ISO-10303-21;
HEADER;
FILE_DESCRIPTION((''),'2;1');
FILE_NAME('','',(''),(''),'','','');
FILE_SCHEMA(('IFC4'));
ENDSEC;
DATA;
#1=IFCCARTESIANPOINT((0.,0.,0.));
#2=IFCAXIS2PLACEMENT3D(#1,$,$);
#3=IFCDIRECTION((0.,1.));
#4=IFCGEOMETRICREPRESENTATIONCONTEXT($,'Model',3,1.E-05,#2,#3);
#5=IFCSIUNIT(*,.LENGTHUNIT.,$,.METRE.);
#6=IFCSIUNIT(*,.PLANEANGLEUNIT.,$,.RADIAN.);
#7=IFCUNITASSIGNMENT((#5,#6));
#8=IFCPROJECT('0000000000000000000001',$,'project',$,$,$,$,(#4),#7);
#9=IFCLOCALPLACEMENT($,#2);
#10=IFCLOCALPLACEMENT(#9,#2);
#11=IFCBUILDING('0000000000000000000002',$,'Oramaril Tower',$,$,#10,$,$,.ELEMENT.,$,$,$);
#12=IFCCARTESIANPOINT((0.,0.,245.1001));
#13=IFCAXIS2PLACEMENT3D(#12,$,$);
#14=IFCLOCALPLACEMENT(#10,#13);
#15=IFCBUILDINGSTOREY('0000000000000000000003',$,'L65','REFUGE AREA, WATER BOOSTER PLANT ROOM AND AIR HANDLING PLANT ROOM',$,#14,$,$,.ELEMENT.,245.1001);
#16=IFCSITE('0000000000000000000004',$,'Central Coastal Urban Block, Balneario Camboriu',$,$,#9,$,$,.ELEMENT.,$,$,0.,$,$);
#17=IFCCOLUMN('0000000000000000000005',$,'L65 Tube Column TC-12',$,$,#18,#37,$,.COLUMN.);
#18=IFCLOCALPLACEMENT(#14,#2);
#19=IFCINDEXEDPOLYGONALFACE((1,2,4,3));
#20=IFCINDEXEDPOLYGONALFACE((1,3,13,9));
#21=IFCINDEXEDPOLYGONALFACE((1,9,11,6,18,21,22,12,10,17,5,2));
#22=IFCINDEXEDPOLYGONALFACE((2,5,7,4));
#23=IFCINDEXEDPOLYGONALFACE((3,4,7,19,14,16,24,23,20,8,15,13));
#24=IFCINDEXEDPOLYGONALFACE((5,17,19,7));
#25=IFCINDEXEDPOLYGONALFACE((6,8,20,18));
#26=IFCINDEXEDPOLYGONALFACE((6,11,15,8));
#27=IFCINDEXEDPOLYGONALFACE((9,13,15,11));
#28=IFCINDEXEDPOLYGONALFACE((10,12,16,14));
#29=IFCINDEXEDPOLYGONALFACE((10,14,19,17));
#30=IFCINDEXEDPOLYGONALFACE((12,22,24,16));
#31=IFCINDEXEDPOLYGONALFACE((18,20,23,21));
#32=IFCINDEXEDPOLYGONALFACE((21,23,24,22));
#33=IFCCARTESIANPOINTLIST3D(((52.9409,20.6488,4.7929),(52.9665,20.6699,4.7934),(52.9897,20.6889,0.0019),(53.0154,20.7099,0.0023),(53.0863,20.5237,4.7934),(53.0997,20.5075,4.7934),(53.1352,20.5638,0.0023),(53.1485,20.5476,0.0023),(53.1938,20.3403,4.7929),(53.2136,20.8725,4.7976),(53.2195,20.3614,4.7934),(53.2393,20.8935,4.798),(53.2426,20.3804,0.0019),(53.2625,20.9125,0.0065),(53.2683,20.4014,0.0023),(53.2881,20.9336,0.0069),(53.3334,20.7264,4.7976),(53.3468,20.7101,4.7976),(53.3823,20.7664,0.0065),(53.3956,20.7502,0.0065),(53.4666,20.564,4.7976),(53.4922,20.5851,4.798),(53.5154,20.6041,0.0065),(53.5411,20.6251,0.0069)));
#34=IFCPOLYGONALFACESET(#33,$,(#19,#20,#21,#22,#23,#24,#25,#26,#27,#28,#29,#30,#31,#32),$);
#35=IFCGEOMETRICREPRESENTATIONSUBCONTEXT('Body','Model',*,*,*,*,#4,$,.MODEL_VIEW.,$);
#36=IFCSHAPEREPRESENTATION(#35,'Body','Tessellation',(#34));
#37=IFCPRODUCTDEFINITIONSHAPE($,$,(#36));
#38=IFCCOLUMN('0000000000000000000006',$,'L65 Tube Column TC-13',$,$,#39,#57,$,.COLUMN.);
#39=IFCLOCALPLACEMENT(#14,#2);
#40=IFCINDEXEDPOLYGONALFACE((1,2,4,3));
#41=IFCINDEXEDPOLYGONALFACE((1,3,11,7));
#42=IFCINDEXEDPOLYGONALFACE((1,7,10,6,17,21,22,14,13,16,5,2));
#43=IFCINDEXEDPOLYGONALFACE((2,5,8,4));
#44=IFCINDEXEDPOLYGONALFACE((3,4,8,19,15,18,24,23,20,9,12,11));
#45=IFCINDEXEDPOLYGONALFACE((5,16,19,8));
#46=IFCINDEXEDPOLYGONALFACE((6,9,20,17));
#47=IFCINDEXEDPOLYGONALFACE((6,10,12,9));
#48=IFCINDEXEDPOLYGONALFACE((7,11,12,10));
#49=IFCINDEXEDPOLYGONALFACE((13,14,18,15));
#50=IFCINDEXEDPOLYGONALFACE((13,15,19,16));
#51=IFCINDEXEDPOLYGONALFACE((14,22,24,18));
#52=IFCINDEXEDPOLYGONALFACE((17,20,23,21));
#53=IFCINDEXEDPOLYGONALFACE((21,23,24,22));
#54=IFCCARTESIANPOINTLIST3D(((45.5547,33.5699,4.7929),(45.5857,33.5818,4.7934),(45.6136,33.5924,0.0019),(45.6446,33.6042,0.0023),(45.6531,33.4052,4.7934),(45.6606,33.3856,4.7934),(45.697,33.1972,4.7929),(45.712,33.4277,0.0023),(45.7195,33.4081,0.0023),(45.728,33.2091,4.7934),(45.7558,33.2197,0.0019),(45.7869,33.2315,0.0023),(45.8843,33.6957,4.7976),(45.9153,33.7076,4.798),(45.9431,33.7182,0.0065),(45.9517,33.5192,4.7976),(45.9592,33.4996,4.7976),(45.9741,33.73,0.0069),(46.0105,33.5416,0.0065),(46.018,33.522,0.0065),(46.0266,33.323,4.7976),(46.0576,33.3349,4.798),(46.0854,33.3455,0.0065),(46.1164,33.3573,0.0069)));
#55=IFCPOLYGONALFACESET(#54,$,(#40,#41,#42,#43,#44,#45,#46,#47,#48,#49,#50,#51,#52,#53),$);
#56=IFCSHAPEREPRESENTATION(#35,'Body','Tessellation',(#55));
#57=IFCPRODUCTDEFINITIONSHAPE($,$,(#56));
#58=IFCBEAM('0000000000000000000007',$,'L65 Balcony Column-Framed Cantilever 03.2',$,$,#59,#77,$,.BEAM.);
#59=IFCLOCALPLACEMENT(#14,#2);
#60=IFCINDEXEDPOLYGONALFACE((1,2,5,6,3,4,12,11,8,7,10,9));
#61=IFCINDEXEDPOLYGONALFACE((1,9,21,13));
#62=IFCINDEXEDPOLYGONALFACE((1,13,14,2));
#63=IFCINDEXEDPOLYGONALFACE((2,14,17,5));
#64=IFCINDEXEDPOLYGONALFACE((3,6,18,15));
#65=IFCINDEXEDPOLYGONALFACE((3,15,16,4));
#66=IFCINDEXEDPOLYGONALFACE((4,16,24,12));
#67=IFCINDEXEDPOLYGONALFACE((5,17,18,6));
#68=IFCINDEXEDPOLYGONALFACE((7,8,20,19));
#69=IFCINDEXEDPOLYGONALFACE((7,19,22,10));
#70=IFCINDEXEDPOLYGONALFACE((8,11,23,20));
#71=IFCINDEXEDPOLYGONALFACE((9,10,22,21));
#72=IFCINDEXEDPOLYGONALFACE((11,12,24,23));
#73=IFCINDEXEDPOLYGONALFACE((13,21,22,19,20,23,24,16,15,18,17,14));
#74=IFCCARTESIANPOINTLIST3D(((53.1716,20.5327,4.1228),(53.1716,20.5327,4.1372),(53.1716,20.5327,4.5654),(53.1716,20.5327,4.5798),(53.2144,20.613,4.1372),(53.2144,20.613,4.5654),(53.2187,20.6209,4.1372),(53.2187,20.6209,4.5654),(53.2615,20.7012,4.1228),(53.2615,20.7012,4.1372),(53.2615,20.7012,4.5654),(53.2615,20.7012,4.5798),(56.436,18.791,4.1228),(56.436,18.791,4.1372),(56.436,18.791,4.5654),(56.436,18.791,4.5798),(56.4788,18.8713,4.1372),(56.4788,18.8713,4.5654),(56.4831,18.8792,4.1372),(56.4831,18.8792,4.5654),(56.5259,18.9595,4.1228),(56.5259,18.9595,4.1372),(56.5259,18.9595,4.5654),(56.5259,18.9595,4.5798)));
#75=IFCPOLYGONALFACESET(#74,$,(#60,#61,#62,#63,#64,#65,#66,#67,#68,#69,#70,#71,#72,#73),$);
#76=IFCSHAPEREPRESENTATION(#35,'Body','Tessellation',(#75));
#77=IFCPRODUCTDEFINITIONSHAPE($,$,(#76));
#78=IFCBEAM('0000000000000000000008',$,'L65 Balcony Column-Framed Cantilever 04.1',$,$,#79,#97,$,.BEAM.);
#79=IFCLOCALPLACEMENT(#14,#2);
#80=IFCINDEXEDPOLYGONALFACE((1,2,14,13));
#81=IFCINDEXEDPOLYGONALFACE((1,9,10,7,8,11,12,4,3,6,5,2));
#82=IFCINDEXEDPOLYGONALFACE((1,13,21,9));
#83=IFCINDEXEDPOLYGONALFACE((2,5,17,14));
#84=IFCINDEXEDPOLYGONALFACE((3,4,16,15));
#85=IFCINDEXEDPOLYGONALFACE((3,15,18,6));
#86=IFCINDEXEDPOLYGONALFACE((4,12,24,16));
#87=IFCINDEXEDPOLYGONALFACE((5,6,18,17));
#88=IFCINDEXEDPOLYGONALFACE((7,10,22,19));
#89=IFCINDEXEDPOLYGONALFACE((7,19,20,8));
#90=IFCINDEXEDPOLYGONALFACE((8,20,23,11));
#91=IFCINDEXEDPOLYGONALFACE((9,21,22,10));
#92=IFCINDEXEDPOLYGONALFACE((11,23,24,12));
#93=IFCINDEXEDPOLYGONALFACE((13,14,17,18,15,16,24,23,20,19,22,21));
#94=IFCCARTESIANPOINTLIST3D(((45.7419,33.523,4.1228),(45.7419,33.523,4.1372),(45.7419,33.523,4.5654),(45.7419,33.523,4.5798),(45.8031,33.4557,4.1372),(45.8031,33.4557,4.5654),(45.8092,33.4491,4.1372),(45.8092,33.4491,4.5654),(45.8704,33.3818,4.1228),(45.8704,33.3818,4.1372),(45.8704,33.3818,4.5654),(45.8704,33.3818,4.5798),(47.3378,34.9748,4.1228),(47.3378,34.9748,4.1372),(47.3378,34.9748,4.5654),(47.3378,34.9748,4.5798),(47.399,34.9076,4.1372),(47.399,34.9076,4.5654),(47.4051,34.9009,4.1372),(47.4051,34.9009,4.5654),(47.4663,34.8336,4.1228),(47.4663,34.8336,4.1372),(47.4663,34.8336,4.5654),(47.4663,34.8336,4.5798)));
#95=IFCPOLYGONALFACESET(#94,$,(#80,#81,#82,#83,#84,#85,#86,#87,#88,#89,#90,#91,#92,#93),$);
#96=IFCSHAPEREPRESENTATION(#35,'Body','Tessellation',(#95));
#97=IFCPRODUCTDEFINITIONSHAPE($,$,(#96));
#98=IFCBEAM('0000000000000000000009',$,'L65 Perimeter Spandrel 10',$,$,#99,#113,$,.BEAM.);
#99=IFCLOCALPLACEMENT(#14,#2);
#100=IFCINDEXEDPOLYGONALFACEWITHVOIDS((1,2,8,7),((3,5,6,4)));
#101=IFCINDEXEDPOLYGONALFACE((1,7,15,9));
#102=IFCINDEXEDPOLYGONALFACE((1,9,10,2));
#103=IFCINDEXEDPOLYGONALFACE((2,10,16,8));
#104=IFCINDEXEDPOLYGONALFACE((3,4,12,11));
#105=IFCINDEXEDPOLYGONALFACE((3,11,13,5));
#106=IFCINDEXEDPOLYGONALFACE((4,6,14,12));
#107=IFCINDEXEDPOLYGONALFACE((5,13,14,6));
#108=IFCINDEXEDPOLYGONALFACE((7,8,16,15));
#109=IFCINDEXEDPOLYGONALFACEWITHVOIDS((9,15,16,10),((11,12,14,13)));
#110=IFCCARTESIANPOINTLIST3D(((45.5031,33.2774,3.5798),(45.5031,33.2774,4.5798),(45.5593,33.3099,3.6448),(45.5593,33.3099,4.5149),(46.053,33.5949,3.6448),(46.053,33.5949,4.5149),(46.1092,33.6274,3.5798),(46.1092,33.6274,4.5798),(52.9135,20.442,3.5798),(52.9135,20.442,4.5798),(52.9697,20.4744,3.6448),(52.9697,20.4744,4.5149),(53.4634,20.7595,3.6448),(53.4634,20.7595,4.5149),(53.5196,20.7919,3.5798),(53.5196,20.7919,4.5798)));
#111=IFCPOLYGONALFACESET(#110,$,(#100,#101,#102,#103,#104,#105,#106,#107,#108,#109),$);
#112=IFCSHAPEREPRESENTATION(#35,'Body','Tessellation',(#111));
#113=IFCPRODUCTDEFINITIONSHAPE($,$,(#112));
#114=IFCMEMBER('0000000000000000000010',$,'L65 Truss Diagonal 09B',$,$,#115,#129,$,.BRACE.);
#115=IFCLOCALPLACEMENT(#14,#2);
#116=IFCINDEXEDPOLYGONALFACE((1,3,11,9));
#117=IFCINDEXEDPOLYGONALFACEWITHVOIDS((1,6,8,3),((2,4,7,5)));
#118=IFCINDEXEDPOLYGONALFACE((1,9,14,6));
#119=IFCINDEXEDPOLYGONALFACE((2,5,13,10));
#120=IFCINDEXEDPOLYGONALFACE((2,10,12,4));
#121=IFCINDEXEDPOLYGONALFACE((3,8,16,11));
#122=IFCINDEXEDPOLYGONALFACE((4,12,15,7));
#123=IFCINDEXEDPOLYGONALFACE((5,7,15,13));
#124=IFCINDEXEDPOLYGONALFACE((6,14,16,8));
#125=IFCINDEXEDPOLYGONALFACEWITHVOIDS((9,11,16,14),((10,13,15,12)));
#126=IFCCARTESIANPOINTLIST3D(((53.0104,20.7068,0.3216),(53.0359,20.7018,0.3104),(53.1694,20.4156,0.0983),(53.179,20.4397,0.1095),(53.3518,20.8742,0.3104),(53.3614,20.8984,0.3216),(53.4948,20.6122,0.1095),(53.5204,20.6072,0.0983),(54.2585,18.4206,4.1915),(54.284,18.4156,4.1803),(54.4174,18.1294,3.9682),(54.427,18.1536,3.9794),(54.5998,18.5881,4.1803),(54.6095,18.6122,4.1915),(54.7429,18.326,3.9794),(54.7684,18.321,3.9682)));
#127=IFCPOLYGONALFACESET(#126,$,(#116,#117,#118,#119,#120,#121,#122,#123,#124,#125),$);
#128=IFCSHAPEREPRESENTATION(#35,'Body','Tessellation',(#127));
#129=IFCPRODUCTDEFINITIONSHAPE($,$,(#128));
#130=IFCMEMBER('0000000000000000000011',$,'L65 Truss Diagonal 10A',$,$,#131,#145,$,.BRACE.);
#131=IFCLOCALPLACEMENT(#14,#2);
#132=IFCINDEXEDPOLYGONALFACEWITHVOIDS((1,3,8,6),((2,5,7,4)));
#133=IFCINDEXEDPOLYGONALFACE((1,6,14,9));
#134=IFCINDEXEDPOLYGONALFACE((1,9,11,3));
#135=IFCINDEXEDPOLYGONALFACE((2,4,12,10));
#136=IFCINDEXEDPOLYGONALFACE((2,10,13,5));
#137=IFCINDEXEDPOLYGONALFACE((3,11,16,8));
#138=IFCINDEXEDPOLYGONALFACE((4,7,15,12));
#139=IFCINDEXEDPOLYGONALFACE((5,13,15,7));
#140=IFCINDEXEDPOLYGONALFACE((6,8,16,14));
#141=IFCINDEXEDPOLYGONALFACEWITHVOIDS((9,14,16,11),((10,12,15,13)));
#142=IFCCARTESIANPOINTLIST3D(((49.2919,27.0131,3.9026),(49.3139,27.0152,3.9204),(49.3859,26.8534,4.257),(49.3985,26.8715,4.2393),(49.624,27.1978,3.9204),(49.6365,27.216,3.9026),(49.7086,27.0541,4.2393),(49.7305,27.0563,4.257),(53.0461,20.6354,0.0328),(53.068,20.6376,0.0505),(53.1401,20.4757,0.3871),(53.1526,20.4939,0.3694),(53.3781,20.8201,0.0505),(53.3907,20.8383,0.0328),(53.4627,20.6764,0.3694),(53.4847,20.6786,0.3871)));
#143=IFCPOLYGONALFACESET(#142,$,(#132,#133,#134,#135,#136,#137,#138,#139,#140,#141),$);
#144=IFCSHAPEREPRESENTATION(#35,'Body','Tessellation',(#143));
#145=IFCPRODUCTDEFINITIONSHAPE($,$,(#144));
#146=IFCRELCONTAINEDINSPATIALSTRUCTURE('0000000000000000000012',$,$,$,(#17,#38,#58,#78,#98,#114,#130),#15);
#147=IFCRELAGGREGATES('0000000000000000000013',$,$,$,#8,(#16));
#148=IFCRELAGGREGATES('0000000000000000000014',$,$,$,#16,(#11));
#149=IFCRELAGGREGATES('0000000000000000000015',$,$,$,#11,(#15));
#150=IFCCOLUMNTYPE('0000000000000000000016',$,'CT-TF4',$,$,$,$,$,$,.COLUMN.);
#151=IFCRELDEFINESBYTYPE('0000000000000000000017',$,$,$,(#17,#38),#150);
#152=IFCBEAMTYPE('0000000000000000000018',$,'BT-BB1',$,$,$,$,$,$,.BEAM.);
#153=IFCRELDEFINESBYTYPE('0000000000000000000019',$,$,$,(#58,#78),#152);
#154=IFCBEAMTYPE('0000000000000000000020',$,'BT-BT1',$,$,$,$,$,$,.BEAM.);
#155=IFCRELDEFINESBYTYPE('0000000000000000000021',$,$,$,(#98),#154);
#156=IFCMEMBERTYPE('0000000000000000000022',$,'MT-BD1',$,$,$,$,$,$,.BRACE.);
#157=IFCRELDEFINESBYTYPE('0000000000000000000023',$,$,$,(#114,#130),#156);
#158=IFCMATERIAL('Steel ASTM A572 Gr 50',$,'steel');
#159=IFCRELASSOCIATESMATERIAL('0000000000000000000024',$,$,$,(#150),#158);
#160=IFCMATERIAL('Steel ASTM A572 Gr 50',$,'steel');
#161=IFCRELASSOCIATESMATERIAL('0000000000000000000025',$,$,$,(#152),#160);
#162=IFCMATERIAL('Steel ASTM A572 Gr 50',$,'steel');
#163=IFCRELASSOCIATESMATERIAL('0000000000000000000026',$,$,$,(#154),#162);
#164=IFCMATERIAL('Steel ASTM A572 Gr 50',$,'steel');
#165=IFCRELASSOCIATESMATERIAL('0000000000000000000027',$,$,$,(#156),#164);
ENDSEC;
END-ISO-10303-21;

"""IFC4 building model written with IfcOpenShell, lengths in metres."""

from ifc_helpers import new_model, si_unit, direction, frame, origin, origin_2d, place, context, subcontext, project, spatial, hollow_rectangle, i_section, extrude, material, material_profile, profile_set, type_object, element, save


model = new_model("IFC4")

# Units and contexts
model_context = context("Model", 3, precision=1e-05, world=origin(), true_north=direction((0.0, 1.0)))
body_context = subcontext(model_context, "Body", "Model", "MODEL_VIEW")
ifc_project = project(units=[si_unit("LENGTHUNIT", "METRE"), si_unit("PLANEANGLEUNIT", "RADIAN")], contexts=[model_context])

# Site, building, storey
site_placement = place(None, origin())
site = spatial("IfcSite", under=ifc_project, at=site_placement, Name="Central Coastal Urban Block, Balneario Camboriu", CompositionType="ELEMENT", RefElevation=0.0)
building_placement = place(site_placement, origin())
building = spatial("IfcBuilding", under=site, at=building_placement, Name="Oramaril Tower", CompositionType="ELEMENT")
storey_placement = place(building_placement, frame((0.0, 0.0, 245.1001)))
storey = spatial("IfcBuildingStorey", under=building, at=storey_placement, Name="L65", Description="REFUGE AREA, WATER BOOSTER PLANT ROOM AND AIR HANDLING PLANT ROOM", CompositionType="ELEMENT", Elevation=245.1001)

# Columns
ifc_material_1 = material(Name="Steel ASTM A572 Gr 50", Category="steel")
ifc_material_profile_1 = material_profile(ifc_material_1, i_section(OverallWidth=0.3989, OverallDepth=0.386, WebThickness=0.021, FlangeThickness=0.0332, at=origin_2d()), Name="W14X176")
ifc_profile_set_1 = profile_set([ifc_material_profile_1], Name="Steel ASTM A572 Gr 50")
column_type = type_object("IfcColumnType", Name="CT-TF4", PredefinedType="COLUMN", material=ifc_profile_set_1)
for number, where, z_axis, x_axis, name in (
    (1, (53.2654, 20.657, 0.0044), (-0.010191, -0.008356, 0.999913), (0.63408, -0.773268, 0.0), "L65 Tube Column TC-12"),
    (2, (45.865, 33.4749, 0.0044), (-0.01228, -0.004688, 0.999914), (0.35664, -0.934242, 0.0), "L65 Tube Column TC-13"),
):
    element("IfcColumn", number, at=place(storey_placement, frame(where, z_axis=z_axis, x_axis=x_axis)), inside=storey, type_object=column_type, Name=name, PredefinedType="COLUMN", context=body_context, shape_type="SweptSolid", body=[
        extrude(i_section(OverallWidth=0.3989, OverallDepth=0.386, WebThickness=0.021, FlangeThickness=0.0332, at=origin_2d()), origin(), (0.0, 0.0, 1.0), 4.7915),
    ])

# Beams
ifc_material_2 = material(Name="Steel ASTM A572 Gr 50", Category="steel")
ifc_material_profile_2 = material_profile(ifc_material_2, i_section(OverallWidth=0.1909, OverallDepth=0.457, WebThickness=0.009, FlangeThickness=0.0144, at=origin_2d()), Name="W18X50")
ifc_profile_set_2 = profile_set([ifc_material_profile_2], Name="Steel ASTM A572 Gr 50")
beam_type_1 = type_object("IfcBeamType", Name="BT-BB1", PredefinedType="BEAM", material=ifc_profile_set_2)
beam_1_placement = place(storey_placement, frame((53.2166, 20.6169, 4.3513), z_axis=(0.882276, -0.470732, 0.0), x_axis=(0.470732, 0.882276, 0.0)))
element("IfcBeam", 3, at=beam_1_placement, inside=storey, type_object=beam_type_1, Name="L65 Balcony Column-Framed Cantilever 03.2", PredefinedType="BEAM", context=body_context, shape_type="SweptSolid", body=[
    extrude(i_section(OverallWidth=0.1909, OverallDepth=0.457, WebThickness=0.009, FlangeThickness=0.0144, at=origin_2d()), origin(), (0.0, 0.0, 1.0), 3.7),
])
beam_2_placement = place(storey_placement, frame((45.8062, 33.4524, 4.3513), z_axis=(0.739699, 0.672937, 0.0), x_axis=(-0.672937, 0.739699, 0.0)))
element("IfcBeam", 4, at=beam_2_placement, inside=storey, type_object=beam_type_1, Name="L65 Balcony Column-Framed Cantilever 04.1", PredefinedType="BEAM", context=body_context, shape_type="SweptSolid", body=[
    extrude(i_section(OverallWidth=0.1909, OverallDepth=0.457, WebThickness=0.009, FlangeThickness=0.0144, at=origin_2d()), origin(), (0.0, 0.0, 1.0), 2.1575),
])
ifc_material_3 = material(Name="Steel ASTM A572 Gr 50", Category="steel")
ifc_material_profile_3 = material_profile(ifc_material_3, hollow_rectangle(XDim=0.7, YDim=1.0, WallThickness=0.0649, at=origin_2d()), Name="BOX1000X700X65")
ifc_profile_set_3 = profile_set([ifc_material_profile_3], Name="Steel ASTM A572 Gr 50")
beam_type_2 = type_object("IfcBeamType", Name="BT-BT1", PredefinedType="BEAM", material=ifc_profile_set_3)
beam_3_placement = place(storey_placement, frame((53.2166, 20.6169, 4.0798), z_axis=(-0.499992, 0.86603, 0.0), x_axis=(-0.86603, -0.499992, 0.0)))
element("IfcBeam", 5, at=beam_3_placement, inside=storey, type_object=beam_type_2, Name="L65 Perimeter Spandrel 10", PredefinedType="BEAM", context=body_context, shape_type="SweptSolid", body=[
    extrude(hollow_rectangle(XDim=0.7, YDim=1.0, WallThickness=0.0649, at=origin_2d()), origin(), (0.0, 0.0, 1.0), 14.821),
])

# Members
ifc_material_4 = material(Name="Steel ASTM A572 Gr 50", Category="steel")
ifc_material_profile_4 = material_profile(ifc_material_4, hollow_rectangle(XDim=0.3999, YDim=0.3999, WallThickness=0.02, at=origin_2d()), Name="HSS400X400X20")
ifc_profile_set_4 = profile_set([ifc_material_profile_4], Name="Steel ASTM A572 Gr 50")
member_type_1 = type_object("IfcMemberType", Name="MT-BD1", PredefinedType="BRACE", material=ifc_profile_set_4)
member_1_placement = place(storey_placement, frame((53.2654, 20.657, 0.21), z_axis=(0.267548, -0.490086, 0.829598), x_axis=(0.877724, 0.479167, 0.0)))
element("IfcMember", 6, at=member_1_placement, inside=storey, type_object=member_type_1, Name="L65 Truss Diagonal 09B", PredefinedType="BRACE", context=body_context, shape_type="SweptSolid", body=[
    extrude(hollow_rectangle(XDim=0.3999, YDim=0.3999, WallThickness=0.02, at=origin_2d()), origin(), (0.0, 0.0, 1.0), 4.6648),
])
member_2_placement = place(storey_placement, frame((53.2654, 20.657, 0.21), z_axis=(-0.449528, 0.763675, 0.463385), x_axis=(-0.861782, -0.507278, 0.0)))
element("IfcMember", 7, at=member_2_placement, inside=storey, type_object=member_type_1, Name="L65 Truss Diagonal 10A", PredefinedType="BRACE", context=body_context, shape_type="SweptSolid", body=[
    extrude(hollow_rectangle(XDim=0.3999, YDim=0.3999, WallThickness=0.02, at=origin_2d()), origin(), (0.0, 0.0, 1.0), 8.3513),
])

save(model, "model.ifc")
